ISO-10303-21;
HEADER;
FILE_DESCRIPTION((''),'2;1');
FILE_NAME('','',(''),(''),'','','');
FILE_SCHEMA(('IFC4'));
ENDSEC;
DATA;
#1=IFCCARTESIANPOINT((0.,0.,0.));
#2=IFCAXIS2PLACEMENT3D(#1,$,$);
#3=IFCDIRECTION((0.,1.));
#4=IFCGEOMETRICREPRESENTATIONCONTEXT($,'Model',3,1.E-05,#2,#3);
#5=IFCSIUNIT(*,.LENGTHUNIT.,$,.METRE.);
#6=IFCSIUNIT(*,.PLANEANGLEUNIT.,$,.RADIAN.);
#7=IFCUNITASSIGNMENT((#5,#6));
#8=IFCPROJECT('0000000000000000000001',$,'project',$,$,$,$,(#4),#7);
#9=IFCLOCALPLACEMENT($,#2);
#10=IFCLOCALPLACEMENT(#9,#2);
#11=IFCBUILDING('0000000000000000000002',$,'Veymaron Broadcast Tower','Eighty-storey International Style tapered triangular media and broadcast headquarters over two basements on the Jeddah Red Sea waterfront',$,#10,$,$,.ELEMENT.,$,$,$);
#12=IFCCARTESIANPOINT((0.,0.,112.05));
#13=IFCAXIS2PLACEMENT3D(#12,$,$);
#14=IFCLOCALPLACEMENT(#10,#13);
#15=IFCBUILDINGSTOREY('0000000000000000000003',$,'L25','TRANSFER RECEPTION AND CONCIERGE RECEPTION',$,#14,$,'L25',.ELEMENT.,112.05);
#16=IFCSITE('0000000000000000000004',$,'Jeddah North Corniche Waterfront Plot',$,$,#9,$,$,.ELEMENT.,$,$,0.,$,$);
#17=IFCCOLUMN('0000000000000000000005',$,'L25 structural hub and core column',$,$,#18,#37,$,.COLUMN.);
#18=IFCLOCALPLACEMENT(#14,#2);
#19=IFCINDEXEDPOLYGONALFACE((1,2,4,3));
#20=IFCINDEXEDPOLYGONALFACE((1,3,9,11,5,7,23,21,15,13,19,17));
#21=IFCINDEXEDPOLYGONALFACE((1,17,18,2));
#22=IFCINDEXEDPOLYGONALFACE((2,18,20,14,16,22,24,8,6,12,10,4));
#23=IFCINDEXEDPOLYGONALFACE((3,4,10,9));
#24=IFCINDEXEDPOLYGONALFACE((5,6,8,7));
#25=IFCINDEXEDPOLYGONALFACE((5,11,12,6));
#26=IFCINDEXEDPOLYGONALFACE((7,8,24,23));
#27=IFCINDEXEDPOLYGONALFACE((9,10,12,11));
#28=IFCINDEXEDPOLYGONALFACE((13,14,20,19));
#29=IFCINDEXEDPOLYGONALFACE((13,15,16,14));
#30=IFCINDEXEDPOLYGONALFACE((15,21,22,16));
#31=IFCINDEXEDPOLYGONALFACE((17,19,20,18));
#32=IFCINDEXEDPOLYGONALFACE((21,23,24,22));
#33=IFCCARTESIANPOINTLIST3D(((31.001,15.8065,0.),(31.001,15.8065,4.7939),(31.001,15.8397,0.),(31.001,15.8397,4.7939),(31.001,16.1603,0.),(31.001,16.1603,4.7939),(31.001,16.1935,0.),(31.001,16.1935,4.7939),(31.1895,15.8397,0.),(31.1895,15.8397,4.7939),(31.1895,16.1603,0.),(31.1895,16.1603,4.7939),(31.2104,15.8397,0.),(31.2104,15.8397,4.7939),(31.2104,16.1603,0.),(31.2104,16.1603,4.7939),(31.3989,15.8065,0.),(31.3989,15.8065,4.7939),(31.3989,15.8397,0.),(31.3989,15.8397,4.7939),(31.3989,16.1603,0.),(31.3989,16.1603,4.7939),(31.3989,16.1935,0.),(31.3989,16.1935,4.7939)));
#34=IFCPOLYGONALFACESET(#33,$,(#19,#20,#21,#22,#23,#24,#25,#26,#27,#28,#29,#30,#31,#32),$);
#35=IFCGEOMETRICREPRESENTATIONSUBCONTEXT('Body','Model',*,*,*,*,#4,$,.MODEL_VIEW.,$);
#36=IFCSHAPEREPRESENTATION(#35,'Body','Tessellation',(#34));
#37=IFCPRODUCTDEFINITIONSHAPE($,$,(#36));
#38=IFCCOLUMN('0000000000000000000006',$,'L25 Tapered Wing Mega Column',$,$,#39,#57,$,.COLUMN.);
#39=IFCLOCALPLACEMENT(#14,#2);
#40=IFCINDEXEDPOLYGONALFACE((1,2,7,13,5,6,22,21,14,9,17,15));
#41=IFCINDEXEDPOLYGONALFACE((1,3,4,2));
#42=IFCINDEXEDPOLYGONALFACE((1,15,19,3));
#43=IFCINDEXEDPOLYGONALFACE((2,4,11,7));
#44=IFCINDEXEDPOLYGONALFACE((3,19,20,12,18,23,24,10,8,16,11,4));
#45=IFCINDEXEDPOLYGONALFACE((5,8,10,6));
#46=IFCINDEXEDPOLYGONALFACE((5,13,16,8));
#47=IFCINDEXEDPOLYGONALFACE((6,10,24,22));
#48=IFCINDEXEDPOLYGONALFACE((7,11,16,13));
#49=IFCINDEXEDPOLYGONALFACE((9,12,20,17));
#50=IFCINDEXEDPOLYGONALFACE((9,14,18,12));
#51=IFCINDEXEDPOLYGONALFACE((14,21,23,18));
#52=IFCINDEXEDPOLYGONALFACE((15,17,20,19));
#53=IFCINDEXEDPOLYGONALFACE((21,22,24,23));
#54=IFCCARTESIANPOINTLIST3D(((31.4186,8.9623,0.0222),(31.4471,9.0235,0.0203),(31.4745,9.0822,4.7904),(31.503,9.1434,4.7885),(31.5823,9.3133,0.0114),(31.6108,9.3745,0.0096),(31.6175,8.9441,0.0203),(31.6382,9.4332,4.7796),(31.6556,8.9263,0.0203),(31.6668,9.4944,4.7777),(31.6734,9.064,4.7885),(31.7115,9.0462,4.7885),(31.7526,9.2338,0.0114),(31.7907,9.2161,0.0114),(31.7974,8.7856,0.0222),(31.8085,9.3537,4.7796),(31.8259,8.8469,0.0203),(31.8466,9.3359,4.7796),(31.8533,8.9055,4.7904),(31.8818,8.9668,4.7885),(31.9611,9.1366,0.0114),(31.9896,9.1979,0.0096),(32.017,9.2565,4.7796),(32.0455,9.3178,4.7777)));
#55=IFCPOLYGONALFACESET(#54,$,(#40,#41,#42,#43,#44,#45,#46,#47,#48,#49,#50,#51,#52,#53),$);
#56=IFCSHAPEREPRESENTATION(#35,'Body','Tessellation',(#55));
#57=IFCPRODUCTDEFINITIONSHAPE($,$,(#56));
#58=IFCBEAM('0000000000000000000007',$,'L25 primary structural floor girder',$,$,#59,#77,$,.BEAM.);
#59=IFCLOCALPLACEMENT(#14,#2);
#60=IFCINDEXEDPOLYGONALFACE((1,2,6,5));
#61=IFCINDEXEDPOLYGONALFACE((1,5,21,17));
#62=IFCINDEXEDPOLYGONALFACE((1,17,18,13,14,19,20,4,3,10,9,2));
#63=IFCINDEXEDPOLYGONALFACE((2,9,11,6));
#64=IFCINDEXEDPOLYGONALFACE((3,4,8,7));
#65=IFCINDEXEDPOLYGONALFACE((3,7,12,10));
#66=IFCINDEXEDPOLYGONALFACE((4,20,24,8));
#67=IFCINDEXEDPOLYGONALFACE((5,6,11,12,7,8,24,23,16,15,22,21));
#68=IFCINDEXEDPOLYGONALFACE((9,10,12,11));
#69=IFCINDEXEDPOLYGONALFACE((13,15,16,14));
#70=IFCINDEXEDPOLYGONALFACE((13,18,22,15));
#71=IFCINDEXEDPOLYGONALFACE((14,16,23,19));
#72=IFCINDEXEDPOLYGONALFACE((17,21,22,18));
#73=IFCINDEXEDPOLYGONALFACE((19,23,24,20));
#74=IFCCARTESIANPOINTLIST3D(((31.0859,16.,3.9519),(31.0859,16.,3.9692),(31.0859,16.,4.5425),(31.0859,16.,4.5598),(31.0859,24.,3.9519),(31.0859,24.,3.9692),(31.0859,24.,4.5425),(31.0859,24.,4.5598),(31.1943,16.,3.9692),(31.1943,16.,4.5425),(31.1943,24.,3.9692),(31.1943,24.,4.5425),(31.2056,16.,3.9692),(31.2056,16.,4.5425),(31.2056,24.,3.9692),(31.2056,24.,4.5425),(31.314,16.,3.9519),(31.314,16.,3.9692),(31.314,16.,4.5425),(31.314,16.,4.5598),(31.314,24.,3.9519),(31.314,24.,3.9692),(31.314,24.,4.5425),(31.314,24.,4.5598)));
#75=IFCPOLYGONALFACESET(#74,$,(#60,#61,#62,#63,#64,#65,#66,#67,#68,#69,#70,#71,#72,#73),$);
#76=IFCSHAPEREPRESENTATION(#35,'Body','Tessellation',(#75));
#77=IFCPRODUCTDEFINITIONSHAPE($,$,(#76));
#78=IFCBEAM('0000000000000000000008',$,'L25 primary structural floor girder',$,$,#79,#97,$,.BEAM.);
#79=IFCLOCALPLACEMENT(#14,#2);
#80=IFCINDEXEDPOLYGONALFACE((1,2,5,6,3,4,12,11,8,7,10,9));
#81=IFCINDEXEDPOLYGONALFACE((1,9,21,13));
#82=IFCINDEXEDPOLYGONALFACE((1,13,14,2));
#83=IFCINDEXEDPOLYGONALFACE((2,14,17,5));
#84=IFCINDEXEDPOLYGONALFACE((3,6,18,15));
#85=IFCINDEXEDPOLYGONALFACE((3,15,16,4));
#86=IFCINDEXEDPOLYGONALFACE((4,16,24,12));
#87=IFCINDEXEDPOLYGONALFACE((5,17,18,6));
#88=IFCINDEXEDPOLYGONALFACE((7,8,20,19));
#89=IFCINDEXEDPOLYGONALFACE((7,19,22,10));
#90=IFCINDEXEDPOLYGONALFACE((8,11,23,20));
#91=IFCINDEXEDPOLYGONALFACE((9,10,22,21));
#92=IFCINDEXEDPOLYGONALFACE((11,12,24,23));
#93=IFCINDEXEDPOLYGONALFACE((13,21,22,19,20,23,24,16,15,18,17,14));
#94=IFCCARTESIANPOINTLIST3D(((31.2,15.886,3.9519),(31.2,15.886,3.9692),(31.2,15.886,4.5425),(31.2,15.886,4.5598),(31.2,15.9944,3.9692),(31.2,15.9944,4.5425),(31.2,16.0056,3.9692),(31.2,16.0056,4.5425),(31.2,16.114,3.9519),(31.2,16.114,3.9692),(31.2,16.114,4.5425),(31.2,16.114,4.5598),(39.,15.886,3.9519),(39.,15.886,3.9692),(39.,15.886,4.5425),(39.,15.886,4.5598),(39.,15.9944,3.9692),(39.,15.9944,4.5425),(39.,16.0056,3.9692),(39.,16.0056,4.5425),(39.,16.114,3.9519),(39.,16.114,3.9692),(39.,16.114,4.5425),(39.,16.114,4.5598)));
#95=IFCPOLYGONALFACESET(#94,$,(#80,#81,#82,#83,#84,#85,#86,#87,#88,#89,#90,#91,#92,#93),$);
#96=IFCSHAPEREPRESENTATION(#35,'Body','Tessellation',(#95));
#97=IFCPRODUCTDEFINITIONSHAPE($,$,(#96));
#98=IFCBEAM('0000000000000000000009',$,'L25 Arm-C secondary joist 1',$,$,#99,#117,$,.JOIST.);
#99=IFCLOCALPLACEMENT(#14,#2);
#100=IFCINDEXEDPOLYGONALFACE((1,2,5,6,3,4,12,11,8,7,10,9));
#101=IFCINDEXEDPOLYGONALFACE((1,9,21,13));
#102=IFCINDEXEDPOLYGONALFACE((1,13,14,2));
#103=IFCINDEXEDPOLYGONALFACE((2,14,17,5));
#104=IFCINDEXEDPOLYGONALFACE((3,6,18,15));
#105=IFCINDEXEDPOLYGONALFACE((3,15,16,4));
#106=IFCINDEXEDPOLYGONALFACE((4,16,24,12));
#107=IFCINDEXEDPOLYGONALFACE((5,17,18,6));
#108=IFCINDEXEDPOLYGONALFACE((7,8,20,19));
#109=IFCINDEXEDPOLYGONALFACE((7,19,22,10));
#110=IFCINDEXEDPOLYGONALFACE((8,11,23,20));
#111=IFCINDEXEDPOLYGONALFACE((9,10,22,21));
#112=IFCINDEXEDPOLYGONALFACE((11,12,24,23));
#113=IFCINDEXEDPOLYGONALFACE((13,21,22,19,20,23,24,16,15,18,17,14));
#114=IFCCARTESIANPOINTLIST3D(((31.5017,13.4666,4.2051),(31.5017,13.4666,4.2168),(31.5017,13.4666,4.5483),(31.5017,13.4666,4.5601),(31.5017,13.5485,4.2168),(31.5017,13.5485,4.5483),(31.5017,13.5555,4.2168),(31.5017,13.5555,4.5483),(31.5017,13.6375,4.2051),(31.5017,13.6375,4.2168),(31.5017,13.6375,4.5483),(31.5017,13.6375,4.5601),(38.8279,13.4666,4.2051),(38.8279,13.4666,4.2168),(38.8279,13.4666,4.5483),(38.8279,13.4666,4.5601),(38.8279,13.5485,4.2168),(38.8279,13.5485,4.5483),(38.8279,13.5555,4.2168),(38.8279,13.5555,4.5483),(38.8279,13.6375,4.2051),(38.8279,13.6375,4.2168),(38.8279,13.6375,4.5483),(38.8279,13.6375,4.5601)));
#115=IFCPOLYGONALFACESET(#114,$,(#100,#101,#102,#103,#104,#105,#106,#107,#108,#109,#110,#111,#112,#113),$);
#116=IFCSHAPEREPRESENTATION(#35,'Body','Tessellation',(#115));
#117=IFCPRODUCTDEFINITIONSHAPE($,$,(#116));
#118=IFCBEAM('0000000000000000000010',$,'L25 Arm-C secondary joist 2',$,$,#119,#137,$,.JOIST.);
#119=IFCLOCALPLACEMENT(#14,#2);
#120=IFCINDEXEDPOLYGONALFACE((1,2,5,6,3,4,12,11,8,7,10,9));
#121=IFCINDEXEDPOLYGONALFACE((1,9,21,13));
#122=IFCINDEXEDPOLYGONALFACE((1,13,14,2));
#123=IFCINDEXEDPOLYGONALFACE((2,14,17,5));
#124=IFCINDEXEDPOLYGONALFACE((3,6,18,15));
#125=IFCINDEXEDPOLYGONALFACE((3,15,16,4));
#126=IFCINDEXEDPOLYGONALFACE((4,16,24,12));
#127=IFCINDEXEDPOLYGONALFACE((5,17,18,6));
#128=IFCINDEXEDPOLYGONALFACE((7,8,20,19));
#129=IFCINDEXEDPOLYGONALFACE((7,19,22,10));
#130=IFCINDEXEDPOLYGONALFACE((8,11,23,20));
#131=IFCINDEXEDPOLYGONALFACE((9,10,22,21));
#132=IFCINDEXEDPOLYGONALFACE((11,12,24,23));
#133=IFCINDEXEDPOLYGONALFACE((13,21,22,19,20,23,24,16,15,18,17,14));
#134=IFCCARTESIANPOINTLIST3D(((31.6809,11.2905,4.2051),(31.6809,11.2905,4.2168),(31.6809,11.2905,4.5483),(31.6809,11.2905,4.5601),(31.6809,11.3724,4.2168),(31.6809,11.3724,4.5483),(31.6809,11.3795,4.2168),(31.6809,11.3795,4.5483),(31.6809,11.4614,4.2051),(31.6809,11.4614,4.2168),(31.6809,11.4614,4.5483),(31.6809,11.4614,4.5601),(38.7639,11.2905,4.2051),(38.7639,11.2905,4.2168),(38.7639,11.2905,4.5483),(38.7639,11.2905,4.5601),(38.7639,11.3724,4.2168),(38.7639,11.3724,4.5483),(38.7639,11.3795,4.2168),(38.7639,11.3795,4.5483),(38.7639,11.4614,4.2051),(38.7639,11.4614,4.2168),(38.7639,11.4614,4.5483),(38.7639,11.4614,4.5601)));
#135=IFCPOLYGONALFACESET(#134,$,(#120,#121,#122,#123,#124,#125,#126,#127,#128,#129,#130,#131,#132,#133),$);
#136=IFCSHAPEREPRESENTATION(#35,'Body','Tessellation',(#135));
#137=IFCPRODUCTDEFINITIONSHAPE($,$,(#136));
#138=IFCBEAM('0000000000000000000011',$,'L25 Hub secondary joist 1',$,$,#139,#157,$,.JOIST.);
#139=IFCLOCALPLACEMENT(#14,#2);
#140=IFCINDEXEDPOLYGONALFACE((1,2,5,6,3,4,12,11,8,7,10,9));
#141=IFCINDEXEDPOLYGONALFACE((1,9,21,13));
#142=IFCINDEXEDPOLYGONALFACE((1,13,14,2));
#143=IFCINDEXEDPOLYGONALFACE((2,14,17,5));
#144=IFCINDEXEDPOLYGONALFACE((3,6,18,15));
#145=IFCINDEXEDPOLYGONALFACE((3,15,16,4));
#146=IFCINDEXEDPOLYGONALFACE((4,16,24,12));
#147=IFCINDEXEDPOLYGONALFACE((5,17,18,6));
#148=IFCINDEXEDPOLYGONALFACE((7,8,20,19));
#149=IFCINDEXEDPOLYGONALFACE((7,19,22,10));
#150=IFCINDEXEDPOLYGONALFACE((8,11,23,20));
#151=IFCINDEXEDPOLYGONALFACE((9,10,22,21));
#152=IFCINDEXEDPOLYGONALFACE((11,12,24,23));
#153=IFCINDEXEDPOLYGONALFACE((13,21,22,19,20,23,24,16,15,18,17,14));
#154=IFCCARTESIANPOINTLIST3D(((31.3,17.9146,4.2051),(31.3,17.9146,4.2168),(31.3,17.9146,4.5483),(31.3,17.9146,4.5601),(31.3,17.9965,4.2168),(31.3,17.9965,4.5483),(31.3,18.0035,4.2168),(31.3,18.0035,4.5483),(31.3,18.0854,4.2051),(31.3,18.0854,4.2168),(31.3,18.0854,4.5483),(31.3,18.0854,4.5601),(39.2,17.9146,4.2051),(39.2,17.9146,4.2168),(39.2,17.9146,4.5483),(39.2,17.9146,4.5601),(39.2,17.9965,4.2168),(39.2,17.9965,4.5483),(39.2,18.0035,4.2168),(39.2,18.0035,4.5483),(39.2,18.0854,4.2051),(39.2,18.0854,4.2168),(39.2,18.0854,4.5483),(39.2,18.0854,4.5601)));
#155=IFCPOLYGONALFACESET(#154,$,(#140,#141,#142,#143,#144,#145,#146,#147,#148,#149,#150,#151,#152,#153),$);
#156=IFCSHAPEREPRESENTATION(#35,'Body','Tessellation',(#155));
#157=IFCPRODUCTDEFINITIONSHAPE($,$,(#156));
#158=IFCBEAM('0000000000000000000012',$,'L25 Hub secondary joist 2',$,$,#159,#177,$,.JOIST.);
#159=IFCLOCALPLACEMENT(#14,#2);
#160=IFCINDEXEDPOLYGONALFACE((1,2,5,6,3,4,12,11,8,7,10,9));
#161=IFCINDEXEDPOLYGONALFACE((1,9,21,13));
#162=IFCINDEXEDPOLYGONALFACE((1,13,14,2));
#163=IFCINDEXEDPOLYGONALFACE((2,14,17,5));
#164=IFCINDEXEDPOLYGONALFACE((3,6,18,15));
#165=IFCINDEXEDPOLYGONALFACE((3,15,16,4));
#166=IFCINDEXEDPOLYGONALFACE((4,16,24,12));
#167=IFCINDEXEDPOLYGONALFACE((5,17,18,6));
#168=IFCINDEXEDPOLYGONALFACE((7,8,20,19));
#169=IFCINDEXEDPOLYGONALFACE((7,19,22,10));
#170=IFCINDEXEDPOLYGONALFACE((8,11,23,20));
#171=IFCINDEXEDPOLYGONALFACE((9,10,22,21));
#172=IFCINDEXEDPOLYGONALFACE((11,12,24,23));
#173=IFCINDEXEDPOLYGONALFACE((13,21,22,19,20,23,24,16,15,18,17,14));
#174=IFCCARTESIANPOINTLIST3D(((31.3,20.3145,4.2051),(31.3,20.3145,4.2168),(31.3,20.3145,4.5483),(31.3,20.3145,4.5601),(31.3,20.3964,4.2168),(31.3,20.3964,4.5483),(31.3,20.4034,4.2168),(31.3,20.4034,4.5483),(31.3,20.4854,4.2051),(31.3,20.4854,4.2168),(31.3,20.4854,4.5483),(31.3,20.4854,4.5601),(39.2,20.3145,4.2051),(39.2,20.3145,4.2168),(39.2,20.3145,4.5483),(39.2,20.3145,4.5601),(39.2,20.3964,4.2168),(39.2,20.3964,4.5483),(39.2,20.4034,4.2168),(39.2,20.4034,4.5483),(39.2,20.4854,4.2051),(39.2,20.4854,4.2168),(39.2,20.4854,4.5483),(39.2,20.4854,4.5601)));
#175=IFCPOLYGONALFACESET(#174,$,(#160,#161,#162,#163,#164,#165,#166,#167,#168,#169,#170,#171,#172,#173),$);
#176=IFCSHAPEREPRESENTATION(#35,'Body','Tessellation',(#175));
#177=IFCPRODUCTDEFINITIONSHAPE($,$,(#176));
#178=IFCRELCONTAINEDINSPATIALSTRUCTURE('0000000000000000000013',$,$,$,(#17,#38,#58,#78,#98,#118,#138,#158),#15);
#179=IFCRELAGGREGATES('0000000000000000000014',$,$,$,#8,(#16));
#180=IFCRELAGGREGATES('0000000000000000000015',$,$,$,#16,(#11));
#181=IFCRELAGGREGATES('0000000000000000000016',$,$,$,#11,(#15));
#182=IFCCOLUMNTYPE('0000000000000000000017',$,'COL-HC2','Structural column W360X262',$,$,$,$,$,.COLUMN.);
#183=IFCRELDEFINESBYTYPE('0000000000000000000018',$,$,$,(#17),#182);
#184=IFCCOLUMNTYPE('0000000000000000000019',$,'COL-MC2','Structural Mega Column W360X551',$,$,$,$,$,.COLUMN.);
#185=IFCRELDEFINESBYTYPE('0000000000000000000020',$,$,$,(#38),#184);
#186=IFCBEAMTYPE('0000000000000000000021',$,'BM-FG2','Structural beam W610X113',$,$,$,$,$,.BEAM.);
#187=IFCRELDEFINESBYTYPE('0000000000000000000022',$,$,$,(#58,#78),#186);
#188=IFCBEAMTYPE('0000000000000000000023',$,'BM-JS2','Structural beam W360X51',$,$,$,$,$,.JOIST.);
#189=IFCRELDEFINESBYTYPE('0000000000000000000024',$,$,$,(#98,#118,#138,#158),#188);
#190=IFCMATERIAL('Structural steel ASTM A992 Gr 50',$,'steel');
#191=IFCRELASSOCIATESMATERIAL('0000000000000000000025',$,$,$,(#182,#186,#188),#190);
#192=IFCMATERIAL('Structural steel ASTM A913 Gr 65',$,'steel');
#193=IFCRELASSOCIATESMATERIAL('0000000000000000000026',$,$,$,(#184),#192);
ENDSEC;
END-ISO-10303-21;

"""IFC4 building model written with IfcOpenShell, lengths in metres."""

from ifc_helpers import new_model, si_unit, direction, frame, origin, origin_2d, place, context, subcontext, project, spatial, i_section, extrude, material, material_profile, profile_set, type_object, element, save


model = new_model("IFC4")

# Units and contexts
model_context = context("Model", 3, precision=1e-05, world=origin(), true_north=direction((0.0, 1.0)))
body_context = subcontext(model_context, "Body", "Model", "MODEL_VIEW")
ifc_project = project(units=[si_unit("LENGTHUNIT", "METRE"), si_unit("PLANEANGLEUNIT", "RADIAN")], contexts=[model_context])

# Site, building, storey
site_placement = place(None, origin())
site = spatial("IfcSite", under=ifc_project, at=site_placement, Name="Jeddah North Corniche Waterfront Plot", CompositionType="ELEMENT", RefElevation=0.0)
building_placement = place(site_placement, origin())
building = spatial("IfcBuilding", under=site, at=building_placement, Name="Veymaron Broadcast Tower", Description="Eighty-storey International Style tapered triangular media and broadcast headquarters over two basements on the Jeddah Red Sea waterfront", CompositionType="ELEMENT")
storey_placement = place(building_placement, frame((0.0, 0.0, 112.05)))
storey = spatial("IfcBuildingStorey", under=building, at=storey_placement, Name="L25", Description="TRANSFER RECEPTION AND CONCIERGE RECEPTION", LongName="L25", CompositionType="ELEMENT", Elevation=112.05)

# Columns
ifc_material_1 = material(Name="Structural steel ASTM A992 Gr 50", Category="steel")
ifc_material_profile_1 = material_profile(ifc_material_1, i_section(OverallWidth=0.3979, OverallDepth=0.387, WebThickness=0.021, FlangeThickness=0.0332, at=origin_2d()), Name="W360X262")
ifc_profile_set_1 = profile_set([ifc_material_profile_1], Name="Structural steel ASTM A992 Gr 50")
column_type_1 = type_object("IfcColumnType", Name="COL-HC2", Description="Structural column W360X262", PredefinedType="COLUMN", material=ifc_profile_set_1)
column_1_placement = place(storey_placement, frame((31.2, 16.0, 0.0), z_axis=(0.0, 0.0, 1.0), x_axis=(1.0, 0.0, 0.0)))
element("IfcColumn", 1, at=column_1_placement, inside=storey, type_object=column_type_1, Name="L25 structural hub and core column", PredefinedType="COLUMN", context=body_context, shape_type="SweptSolid", body=[
    extrude(i_section(OverallWidth=0.3979, OverallDepth=0.387, WebThickness=0.021, FlangeThickness=0.0332, at=origin_2d()), origin(), (0.0, 0.0, 1.0), 4.7939),
])
ifc_material_2 = material(Name="Structural steel ASTM A913 Gr 65", Category="steel")
ifc_material_profile_2 = material_profile(ifc_material_2, i_section(OverallWidth=0.418, OverallDepth=0.4551, WebThickness=0.042, FlangeThickness=0.0676, at=origin_2d()), Name="W360X551")
ifc_profile_set_2 = profile_set([ifc_material_profile_2], Name="Structural steel ASTM A913 Gr 65")
column_type_2 = type_object("IfcColumnType", Name="COL-MC2", Description="Structural Mega Column W360X551", PredefinedType="COLUMN", material=ifc_profile_set_2)
column_2_placement = place(storey_placement, frame((31.7041, 9.0801, 0.0159), z_axis=(0.011721, 0.025131, 0.999615), x_axis=(-0.906277, 0.422683, 0.0)))
element("IfcColumn", 2, at=column_2_placement, inside=storey, type_object=column_type_2, Name="L25 Tapered Wing Mega Column", PredefinedType="COLUMN", context=body_context, shape_type="SweptSolid", body=[
    extrude(i_section(OverallWidth=0.418, OverallDepth=0.4551, WebThickness=0.042, FlangeThickness=0.0676, at=origin_2d()), origin(), (0.0, 0.0, 1.0), 4.77),
])

# Beams
ifc_material_profile_3 = material_profile(ifc_material_1, i_section(OverallWidth=0.228, OverallDepth=0.6079, WebThickness=0.0112, FlangeThickness=0.0173, at=origin_2d()), Name="W610X113")
ifc_profile_set_3 = profile_set([ifc_material_profile_3], Name="Structural steel ASTM A992 Gr 50")
beam_type_1 = type_object("IfcBeamType", Name="BM-FG2", Description="Structural beam W610X113", PredefinedType="BEAM", material=ifc_profile_set_3)
beam_1_placement = place(storey_placement, frame((31.2, 16.0, 4.2559), z_axis=(0.0, 1.0, 0.0), x_axis=(-1.0, 0.0, 0.0)))
element("IfcBeam", 3, at=beam_1_placement, inside=storey, type_object=beam_type_1, Name="L25 primary structural floor girder", PredefinedType="BEAM", context=body_context, shape_type="SweptSolid", body=[
    extrude(i_section(OverallWidth=0.228, OverallDepth=0.6079, WebThickness=0.0112, FlangeThickness=0.0173, at=origin_2d()), origin(), (0.0, 0.0, 1.0), 8.0),
])
beam_2_placement = place(storey_placement, frame((31.2, 16.0, 4.2559), z_axis=(1.0, 0.0, 0.0), x_axis=(0.0, 1.0, 0.0)))
element("IfcBeam", 4, at=beam_2_placement, inside=storey, type_object=beam_type_1, Name="L25 primary structural floor girder", PredefinedType="BEAM", context=body_context, shape_type="SweptSolid", body=[
    extrude(i_section(OverallWidth=0.228, OverallDepth=0.6079, WebThickness=0.0112, FlangeThickness=0.0173, at=origin_2d()), origin(), (0.0, 0.0, 1.0), 7.8),
])
ifc_material_profile_4 = material_profile(ifc_material_1, i_section(OverallWidth=0.1709, OverallDepth=0.355, WebThickness=0.0071, FlangeThickness=0.0117, at=origin_2d()), Name="W360X51")
ifc_profile_set_4 = profile_set([ifc_material_profile_4], Name="Structural steel ASTM A992 Gr 50")
beam_type_2 = type_object("IfcBeamType", Name="BM-JS2", Description="Structural beam W360X51", PredefinedType="JOIST", material=ifc_profile_set_4)
beam_3_placement = place(storey_placement, frame((31.5017, 13.552, 4.3826), z_axis=(1.0, 0.0, 0.0), x_axis=(0.0, 1.0, 0.0)))
element("IfcBeam", 5, at=beam_3_placement, inside=storey, type_object=beam_type_2, Name="L25 Arm-C secondary joist 1", PredefinedType="JOIST", context=body_context, shape_type="SweptSolid", body=[
    extrude(i_section(OverallWidth=0.1709, OverallDepth=0.355, WebThickness=0.0071, FlangeThickness=0.0117, at=origin_2d()), origin(), (0.0, 0.0, 1.0), 7.3262),
])
beam_4_placement = place(storey_placement, frame((31.6809, 11.376, 4.3826), z_axis=(1.0, 0.0, 0.0), x_axis=(0.0, 1.0, 0.0)))
element("IfcBeam", 6, at=beam_4_placement, inside=storey, type_object=beam_type_2, Name="L25 Arm-C secondary joist 2", PredefinedType="JOIST", context=body_context, shape_type="SweptSolid", body=[
    extrude(i_section(OverallWidth=0.1709, OverallDepth=0.355, WebThickness=0.0071, FlangeThickness=0.0117, at=origin_2d()), origin(), (0.0, 0.0, 1.0), 7.083),
])
for number, where, z_axis, x_axis, name in (
    (7, (31.3, 18.0, 4.3826), (1.0, 0.0, 0.0), (0.0, 1.0, 0.0), "L25 Hub secondary joist 1"),
    (8, (31.3, 20.3999, 4.3826), (1.0, 0.0, 0.0), (0.0, 1.0, 0.0), "L25 Hub secondary joist 2"),
):
    element("IfcBeam", number, at=place(storey_placement, frame(where, z_axis=z_axis, x_axis=x_axis)), inside=storey, type_object=beam_type_2, Name=name, PredefinedType="JOIST", context=body_context, shape_type="SweptSolid", body=[
        extrude(i_section(OverallWidth=0.1709, OverallDepth=0.355, WebThickness=0.0071, FlangeThickness=0.0117, at=origin_2d()), origin(), (0.0, 0.0, 1.0), 7.8999),
    ])

save(model, "model.ifc")
